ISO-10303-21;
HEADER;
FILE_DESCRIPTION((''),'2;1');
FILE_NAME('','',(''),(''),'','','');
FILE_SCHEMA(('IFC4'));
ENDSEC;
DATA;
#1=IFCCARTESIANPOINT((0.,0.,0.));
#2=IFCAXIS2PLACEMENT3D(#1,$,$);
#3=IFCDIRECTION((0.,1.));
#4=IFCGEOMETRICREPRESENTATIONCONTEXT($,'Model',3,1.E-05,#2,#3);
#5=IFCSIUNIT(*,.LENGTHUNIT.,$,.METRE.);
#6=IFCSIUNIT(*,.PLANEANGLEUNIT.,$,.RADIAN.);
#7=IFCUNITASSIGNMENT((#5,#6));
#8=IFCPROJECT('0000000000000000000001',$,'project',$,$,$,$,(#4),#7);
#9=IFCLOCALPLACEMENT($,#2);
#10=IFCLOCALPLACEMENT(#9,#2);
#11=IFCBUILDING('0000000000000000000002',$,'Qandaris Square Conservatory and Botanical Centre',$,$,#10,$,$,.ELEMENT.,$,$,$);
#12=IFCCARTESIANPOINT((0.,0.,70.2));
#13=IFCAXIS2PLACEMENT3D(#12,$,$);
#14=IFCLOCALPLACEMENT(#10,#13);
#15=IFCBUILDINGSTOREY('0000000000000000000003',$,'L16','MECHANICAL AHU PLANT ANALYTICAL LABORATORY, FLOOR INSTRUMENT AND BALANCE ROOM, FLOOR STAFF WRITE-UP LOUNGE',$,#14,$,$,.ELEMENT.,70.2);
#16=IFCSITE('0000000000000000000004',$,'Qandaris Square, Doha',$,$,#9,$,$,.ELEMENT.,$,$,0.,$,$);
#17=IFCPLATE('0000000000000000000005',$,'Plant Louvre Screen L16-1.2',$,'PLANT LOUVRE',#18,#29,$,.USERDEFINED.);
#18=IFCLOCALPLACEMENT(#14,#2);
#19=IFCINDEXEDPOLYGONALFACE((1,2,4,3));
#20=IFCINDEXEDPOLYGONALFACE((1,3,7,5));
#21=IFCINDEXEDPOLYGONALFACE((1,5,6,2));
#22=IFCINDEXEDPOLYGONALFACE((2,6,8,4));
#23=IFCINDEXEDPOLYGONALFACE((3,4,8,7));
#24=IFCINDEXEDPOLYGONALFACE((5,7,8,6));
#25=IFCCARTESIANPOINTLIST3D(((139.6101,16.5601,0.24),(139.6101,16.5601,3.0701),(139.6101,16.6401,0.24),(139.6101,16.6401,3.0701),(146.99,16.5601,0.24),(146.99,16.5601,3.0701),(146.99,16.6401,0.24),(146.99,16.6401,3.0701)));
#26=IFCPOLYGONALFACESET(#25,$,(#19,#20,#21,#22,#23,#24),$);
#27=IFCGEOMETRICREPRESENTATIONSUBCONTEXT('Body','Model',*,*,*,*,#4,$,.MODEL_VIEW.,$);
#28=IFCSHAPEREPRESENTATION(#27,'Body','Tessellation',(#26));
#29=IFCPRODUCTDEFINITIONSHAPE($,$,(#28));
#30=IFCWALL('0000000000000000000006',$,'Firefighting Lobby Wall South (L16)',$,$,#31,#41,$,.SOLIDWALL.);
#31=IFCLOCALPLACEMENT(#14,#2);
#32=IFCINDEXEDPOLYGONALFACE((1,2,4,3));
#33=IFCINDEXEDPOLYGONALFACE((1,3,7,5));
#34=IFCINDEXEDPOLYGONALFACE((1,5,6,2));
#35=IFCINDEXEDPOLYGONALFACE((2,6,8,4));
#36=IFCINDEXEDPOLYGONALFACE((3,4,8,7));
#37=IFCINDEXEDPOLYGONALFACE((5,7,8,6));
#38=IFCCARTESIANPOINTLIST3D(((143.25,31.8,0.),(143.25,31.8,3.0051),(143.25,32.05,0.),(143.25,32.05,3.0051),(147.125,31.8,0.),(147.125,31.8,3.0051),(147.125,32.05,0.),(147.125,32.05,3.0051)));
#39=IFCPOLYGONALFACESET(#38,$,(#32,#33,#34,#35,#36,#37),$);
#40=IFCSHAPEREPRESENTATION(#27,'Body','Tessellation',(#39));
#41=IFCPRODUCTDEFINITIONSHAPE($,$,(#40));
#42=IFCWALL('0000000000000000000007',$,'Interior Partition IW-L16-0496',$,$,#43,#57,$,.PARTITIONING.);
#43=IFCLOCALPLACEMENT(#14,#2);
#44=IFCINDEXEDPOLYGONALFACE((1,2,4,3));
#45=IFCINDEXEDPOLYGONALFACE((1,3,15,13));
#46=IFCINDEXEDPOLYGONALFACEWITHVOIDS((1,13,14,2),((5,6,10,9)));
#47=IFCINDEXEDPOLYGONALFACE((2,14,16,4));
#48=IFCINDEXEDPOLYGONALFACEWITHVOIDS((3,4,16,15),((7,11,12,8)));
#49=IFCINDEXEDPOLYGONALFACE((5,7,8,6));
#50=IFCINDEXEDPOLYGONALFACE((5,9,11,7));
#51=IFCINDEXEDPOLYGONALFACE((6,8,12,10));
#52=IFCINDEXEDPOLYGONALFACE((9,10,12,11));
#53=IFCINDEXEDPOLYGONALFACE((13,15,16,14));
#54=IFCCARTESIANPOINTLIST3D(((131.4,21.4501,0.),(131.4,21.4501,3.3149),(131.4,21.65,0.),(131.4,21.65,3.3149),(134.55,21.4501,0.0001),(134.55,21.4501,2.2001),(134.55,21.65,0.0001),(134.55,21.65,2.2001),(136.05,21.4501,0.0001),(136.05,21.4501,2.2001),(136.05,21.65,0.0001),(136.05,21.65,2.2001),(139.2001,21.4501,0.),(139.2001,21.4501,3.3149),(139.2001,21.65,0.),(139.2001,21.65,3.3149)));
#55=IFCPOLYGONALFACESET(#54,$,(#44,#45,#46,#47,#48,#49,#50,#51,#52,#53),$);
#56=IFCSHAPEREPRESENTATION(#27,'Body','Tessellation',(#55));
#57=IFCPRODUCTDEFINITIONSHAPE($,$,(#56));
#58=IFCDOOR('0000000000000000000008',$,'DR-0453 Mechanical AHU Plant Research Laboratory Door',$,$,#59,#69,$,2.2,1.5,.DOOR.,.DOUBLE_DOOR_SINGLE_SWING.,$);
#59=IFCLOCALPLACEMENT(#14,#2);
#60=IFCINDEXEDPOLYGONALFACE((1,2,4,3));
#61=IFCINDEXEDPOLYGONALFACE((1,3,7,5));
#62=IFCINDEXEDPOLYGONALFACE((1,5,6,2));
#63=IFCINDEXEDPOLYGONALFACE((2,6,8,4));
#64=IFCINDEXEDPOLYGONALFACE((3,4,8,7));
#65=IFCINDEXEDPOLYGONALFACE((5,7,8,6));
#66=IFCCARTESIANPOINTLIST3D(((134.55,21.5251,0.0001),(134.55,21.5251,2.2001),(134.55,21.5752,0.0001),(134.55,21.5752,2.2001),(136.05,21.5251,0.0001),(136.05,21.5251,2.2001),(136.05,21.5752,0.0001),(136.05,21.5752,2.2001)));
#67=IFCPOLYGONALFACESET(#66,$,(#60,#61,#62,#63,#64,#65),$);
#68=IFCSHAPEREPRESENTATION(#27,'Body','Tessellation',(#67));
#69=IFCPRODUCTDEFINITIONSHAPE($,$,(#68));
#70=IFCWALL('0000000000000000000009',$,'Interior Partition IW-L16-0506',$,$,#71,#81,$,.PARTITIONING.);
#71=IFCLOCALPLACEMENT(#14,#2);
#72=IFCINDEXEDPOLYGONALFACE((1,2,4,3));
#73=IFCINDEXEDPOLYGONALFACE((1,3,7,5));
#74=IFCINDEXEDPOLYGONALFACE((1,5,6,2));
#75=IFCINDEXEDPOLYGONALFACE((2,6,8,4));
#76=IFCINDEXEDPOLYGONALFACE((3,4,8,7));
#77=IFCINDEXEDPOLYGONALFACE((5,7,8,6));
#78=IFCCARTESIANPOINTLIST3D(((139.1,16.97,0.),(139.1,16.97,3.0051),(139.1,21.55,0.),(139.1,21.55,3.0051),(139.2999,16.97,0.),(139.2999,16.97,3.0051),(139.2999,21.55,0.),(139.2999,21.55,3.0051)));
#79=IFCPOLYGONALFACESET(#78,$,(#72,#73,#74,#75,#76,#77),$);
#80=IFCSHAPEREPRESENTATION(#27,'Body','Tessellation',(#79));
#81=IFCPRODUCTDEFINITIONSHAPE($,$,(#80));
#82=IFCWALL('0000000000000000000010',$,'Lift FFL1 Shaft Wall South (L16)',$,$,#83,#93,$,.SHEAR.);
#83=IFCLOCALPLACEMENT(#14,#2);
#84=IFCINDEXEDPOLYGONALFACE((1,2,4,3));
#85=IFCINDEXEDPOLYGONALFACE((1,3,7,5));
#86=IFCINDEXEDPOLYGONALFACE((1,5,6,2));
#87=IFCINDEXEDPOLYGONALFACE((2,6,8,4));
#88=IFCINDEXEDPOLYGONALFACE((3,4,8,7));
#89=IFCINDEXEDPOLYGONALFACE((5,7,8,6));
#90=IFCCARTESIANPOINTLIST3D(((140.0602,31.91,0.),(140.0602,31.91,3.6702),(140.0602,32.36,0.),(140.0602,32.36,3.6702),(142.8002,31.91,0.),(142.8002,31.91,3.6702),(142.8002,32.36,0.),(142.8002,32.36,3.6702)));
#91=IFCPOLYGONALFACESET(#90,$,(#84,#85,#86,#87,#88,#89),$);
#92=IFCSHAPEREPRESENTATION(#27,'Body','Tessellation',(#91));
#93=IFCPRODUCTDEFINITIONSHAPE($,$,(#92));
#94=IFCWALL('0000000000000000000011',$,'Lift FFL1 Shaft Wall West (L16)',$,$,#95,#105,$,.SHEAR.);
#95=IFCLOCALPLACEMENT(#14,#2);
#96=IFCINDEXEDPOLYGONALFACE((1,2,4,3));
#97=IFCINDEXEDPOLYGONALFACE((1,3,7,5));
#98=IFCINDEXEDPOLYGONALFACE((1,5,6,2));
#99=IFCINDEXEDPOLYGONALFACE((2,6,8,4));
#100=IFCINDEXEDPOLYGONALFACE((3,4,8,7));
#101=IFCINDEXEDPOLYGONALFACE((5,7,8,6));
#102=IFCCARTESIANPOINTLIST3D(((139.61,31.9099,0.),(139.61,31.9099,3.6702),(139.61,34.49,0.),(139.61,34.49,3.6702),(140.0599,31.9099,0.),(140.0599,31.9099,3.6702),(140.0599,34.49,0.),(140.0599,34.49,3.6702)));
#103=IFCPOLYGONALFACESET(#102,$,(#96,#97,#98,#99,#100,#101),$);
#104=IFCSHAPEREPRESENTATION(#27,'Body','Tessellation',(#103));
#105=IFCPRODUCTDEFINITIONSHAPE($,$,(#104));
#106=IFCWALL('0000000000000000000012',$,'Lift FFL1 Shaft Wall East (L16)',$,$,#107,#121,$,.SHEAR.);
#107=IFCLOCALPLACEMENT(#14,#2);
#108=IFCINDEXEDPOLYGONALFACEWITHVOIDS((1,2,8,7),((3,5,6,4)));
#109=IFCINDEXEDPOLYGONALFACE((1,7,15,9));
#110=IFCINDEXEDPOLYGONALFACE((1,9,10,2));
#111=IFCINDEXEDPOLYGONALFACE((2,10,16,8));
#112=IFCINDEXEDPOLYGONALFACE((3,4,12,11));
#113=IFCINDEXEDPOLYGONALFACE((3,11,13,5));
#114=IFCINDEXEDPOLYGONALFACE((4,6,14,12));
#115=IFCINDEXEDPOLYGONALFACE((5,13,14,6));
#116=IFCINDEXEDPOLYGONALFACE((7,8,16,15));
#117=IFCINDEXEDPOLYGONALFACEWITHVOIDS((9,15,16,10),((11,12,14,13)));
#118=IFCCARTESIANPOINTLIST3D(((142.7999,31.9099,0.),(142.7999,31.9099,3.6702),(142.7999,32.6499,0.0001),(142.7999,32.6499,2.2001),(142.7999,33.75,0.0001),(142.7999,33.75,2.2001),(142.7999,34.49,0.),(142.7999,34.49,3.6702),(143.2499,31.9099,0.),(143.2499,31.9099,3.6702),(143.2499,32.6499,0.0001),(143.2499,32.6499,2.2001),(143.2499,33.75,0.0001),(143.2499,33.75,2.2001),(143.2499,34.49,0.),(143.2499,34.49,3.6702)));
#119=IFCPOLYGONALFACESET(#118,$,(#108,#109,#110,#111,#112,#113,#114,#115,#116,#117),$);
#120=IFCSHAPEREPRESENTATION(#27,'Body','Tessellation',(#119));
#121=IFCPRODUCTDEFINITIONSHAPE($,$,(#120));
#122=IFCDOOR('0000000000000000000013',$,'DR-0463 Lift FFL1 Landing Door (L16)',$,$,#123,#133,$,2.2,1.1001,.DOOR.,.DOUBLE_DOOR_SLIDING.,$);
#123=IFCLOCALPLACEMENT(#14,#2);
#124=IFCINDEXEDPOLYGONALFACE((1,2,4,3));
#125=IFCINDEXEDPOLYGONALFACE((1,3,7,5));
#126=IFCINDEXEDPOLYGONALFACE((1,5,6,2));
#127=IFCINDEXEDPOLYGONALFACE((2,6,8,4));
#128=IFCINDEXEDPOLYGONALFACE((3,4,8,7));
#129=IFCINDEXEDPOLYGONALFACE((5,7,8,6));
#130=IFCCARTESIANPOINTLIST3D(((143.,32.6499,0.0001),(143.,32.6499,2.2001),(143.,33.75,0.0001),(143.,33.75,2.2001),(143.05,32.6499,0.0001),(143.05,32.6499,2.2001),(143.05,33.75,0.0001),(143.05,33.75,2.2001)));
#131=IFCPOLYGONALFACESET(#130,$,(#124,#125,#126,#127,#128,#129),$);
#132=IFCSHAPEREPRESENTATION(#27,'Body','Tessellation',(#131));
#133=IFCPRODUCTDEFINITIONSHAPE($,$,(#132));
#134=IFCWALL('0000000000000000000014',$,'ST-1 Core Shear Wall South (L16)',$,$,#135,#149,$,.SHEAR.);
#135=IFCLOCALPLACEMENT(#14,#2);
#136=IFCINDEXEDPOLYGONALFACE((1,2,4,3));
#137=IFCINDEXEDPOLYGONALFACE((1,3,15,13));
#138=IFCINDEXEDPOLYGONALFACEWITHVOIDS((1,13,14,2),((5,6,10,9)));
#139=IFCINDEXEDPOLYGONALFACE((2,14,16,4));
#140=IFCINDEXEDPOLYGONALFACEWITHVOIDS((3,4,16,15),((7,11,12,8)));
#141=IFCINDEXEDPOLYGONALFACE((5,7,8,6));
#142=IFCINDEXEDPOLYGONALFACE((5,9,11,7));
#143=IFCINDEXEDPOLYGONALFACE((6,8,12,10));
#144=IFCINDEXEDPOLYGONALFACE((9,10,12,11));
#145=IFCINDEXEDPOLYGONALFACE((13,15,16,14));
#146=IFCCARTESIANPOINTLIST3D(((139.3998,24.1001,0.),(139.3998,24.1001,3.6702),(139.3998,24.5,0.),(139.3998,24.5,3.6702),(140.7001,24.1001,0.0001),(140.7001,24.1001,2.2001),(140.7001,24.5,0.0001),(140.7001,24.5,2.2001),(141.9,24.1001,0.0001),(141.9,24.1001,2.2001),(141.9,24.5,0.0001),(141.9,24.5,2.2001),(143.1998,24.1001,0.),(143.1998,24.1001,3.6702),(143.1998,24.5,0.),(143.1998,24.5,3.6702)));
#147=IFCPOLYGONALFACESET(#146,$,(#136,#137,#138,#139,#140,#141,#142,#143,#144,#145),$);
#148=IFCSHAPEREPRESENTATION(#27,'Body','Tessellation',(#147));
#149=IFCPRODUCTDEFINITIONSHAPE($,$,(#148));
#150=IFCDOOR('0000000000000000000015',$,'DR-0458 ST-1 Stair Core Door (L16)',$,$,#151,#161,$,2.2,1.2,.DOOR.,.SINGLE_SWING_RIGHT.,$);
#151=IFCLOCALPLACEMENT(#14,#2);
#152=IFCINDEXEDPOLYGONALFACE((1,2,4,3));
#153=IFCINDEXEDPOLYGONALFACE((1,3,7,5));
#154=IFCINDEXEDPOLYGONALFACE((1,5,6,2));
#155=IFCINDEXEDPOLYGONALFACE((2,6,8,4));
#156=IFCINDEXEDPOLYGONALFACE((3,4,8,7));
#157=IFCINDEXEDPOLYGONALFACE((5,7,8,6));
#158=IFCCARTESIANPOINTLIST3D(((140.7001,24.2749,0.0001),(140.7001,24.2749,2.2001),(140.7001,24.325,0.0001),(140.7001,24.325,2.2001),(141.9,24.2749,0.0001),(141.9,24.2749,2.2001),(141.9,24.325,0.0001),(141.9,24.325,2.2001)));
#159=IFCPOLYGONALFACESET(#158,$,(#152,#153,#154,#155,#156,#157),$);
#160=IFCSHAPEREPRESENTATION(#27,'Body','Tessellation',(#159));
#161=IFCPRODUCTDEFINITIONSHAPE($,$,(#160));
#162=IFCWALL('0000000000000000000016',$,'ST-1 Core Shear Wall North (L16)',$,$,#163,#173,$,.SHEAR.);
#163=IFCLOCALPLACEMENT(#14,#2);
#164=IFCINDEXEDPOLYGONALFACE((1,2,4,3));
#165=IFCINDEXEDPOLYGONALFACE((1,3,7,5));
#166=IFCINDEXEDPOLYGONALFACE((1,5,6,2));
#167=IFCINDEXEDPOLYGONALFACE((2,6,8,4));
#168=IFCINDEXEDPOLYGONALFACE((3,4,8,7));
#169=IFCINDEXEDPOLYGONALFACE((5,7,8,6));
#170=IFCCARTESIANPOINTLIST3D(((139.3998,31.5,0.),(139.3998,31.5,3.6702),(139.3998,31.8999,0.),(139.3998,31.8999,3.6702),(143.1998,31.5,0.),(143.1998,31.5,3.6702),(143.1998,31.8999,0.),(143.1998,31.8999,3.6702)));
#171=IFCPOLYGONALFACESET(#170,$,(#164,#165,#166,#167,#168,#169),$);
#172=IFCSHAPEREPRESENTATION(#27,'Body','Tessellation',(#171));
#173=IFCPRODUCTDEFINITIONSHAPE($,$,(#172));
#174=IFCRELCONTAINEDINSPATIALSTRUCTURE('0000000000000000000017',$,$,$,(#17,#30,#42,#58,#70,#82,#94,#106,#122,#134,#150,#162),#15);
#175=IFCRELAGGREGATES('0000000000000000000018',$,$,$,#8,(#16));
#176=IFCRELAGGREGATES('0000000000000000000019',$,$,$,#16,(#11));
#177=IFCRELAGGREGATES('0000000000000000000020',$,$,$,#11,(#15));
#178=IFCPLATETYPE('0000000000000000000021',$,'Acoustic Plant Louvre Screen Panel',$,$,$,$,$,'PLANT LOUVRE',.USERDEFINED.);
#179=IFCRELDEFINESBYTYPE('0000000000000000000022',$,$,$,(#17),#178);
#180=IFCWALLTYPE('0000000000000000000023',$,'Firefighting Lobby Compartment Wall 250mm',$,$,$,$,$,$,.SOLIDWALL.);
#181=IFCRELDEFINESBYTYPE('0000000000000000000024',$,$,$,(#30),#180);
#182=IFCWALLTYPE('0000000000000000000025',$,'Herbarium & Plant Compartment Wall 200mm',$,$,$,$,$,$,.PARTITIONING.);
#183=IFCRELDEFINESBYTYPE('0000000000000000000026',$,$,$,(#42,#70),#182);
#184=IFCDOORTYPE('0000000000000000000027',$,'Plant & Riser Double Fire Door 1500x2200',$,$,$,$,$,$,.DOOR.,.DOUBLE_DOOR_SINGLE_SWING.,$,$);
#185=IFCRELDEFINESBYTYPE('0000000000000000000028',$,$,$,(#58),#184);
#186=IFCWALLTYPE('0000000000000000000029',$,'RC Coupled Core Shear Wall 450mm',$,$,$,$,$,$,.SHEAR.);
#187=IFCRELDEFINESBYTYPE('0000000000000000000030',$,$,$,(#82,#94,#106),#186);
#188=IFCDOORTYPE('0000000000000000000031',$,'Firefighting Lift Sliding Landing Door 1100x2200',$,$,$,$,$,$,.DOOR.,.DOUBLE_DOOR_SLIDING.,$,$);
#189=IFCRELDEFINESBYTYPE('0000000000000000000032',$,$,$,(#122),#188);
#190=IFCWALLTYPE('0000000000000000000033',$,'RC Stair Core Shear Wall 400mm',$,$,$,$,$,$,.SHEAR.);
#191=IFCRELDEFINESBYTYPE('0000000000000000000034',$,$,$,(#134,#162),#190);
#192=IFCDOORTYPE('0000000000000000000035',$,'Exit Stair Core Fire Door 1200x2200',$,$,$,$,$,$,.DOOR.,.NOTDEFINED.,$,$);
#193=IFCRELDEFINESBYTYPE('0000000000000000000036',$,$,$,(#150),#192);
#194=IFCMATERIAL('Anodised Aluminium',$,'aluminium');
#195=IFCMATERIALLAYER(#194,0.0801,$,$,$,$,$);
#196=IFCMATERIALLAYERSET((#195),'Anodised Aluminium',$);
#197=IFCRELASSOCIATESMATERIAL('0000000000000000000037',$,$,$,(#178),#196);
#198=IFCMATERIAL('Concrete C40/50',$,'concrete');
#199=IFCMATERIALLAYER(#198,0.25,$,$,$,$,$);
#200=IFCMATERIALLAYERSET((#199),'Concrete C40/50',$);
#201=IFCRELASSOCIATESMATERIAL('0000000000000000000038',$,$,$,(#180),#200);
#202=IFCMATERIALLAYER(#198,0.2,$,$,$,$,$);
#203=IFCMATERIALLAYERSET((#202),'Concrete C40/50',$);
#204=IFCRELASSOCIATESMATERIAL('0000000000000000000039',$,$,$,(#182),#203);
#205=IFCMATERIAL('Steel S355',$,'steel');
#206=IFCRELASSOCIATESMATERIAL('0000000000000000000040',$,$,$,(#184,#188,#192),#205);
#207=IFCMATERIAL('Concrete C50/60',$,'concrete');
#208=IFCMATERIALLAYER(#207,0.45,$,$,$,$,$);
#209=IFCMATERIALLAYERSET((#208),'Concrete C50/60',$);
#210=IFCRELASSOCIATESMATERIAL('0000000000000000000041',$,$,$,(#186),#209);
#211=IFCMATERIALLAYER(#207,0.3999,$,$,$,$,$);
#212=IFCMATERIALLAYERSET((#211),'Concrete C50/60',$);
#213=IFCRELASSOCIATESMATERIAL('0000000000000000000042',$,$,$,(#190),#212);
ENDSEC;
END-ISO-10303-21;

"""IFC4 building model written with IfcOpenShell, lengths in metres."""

from ifc_helpers import new_model, si_unit, direction, frame, frame_2d, origin, origin_2d, place, context, subcontext, project, spatial, rectangle, extrude, material, layer, layer_set, type_object, element, fill, save


model = new_model("IFC4")

# Units and contexts
model_context = context("Model", 3, precision=1e-05, world=origin(), true_north=direction((0.0, 1.0)))
body_context = subcontext(model_context, "Body", "Model", "MODEL_VIEW")
ifc_project = project(units=[si_unit("LENGTHUNIT", "METRE"), si_unit("PLANEANGLEUNIT", "RADIAN")], contexts=[model_context])

# Site, building, storey
site_placement = place(None, origin())
site = spatial("IfcSite", under=ifc_project, at=site_placement, Name="Qandaris Square, Doha", CompositionType="ELEMENT", RefElevation=0.0)
building_placement = place(site_placement, origin())
building = spatial("IfcBuilding", under=site, at=building_placement, Name="Qandaris Square Conservatory and Botanical Centre", CompositionType="ELEMENT")
storey_placement = place(building_placement, frame((0.0, 0.0, 70.2)))
storey = spatial("IfcBuildingStorey", under=building, at=storey_placement, Name="L16", Description="MECHANICAL AHU PLANT ANALYTICAL LABORATORY, FLOOR INSTRUMENT AND BALANCE ROOM, FLOOR STAFF WRITE-UP LOUNGE", CompositionType="ELEMENT", Elevation=70.2)

# Shared definitions
ifc_material_1 = material(Name="Steel S355", Category="steel")

# Shared definitions
ifc_material_2 = material(Name="Anodised Aluminium", Category="aluminium")

# Shared definitions
ifc_material_3 = material(Name="Concrete C50/60", Category="concrete")

# Plate
ifc_layer_1 = layer(ifc_material_2, 0.0801)
ifc_layer_set_1 = layer_set([ifc_layer_1], Name="Anodised Aluminium")
plate_type = type_object("IfcPlateType", Name="Acoustic Plant Louvre Screen Panel", ElementType="PLANT LOUVRE", PredefinedType="USERDEFINED", material=ifc_layer_set_1)
plate_placement = place(storey_placement, frame((143.3, 16.6001, 0.24), z_axis=(0.0, 0.0, 1.0), x_axis=(1.0, 0.0, 0.0)))
element("IfcPlate", 1, at=plate_placement, inside=storey, type_object=plate_type, Name="Plant Louvre Screen L16-1.2", ObjectType="PLANT LOUVRE", PredefinedType="USERDEFINED", context=body_context, shape_type="SweptSolid", body=[
    extrude(rectangle(XDim=7.3799, YDim=0.0801, at=origin_2d()), origin(), (0.0, 0.0, 1.0), 2.8301),
])

# Wall
ifc_material_4 = material(Name="Concrete C40/50", Category="concrete")
ifc_layer_2 = layer(ifc_material_4, 0.25)
ifc_layer_set_2 = layer_set([ifc_layer_2], Name="Concrete C40/50")
wall_type_1 = type_object("IfcWallType", Name="Firefighting Lobby Compartment Wall 250mm", PredefinedType="SOLIDWALL", material=ifc_layer_set_2)
wall_1_placement = place(storey_placement, frame((143.25, 31.925, 0.0), z_axis=(0.0, 0.0, 1.0), x_axis=(1.0, 0.0, 0.0)))
element("IfcWall", 2, at=wall_1_placement, inside=storey, type_object=wall_type_1, Name="Firefighting Lobby Wall South (L16)", PredefinedType="SOLIDWALL", context=body_context, shape_type="SweptSolid", body=[
    extrude(rectangle(XDim=3.875, YDim=0.25, at=frame_2d((1.9375, 0.0))), origin(), (0.0, 0.0, 1.0), 3.0051),
])

# Wall, opening, door
ifc_layer_3 = layer(ifc_material_4, 0.2)
ifc_layer_set_3 = layer_set([ifc_layer_3], Name="Concrete C40/50")
wall_type_2 = type_object("IfcWallType", Name="Herbarium & Plant Compartment Wall 200mm", PredefinedType="PARTITIONING", material=ifc_layer_set_3)
wall_2_placement = place(storey_placement, frame((139.2, 21.55, 0.0), z_axis=(0.0, 0.0, 1.0), x_axis=(-1.0, 0.0, 0.0)))
wall_2 = element("IfcWall", 3, at=wall_2_placement, inside=storey, type_object=wall_type_2, Name="Interior Partition IW-L16-0496", PredefinedType="PARTITIONING", context=body_context, shape_type="SweptSolid", body=[
    extrude(rectangle(XDim=7.8, YDim=0.2, at=frame_2d((3.8999, 0.0))), origin(), (0.0, 0.0, 1.0), 3.3149),
])
opening_1_placement = place(wall_2_placement, frame((3.1499, 0.0, 0.0)))
opening_1 = element("IfcOpeningElement", 4, at=opening_1_placement, cuts=wall_2, PredefinedType="OPENING", context=body_context, shape_type="SweptSolid", body=[
    extrude(rectangle(XDim=1.5, YDim=2.2, at=frame_2d((0.75, 1.1001))), frame((0.0, 0.1118, 0.0), z_axis=(0.0, -1.0, 0.0), x_axis=(1.0, 0.0, 0.0)), (0.0, 0.0, 1.0), 0.2239),
])
door_type_1 = type_object("IfcDoorType", Name="Plant & Riser Double Fire Door 1500x2200", OperationType="DOUBLE_DOOR_SINGLE_SWING", PredefinedType="DOOR", material=ifc_material_1)
door_1_placement = place(opening_1_placement, origin())
door_1 = element("IfcDoor", 5, at=door_1_placement, inside=storey, type_object=door_type_1, Name="DR-0453 Mechanical AHU Plant Research Laboratory Door", OperationType="DOUBLE_DOOR_SINGLE_SWING", OverallHeight=2.2, OverallWidth=1.5, PredefinedType="DOOR", context=body_context, shape_type="SweptSolid", body=[
    extrude(rectangle(XDim=1.5, YDim=2.2, at=frame_2d((0.75, 1.1001))), frame((0.0, 0.0249, 0.0), z_axis=(0.0, -1.0, 0.0), x_axis=(1.0, 0.0, 0.0)), (0.0, 0.0, 1.0), 0.05),
])
fill(opening_1, door_1)

# Walls
wall_3_placement = place(storey_placement, frame((139.2, 21.55, 0.0), z_axis=(0.0, 0.0, 1.0), x_axis=(0.0, -1.0, 0.0)))
element("IfcWall", 6, at=wall_3_placement, inside=storey, type_object=wall_type_2, Name="Interior Partition IW-L16-0506", PredefinedType="PARTITIONING", context=body_context, shape_type="SweptSolid", body=[
    extrude(rectangle(XDim=4.5801, YDim=0.2, at=frame_2d((2.29, 0.0))), origin(), (0.0, 0.0, 1.0), 3.0051),
])
ifc_layer_4 = layer(ifc_material_3, 0.45)
ifc_layer_set_4 = layer_set([ifc_layer_4], Name="Concrete C50/60")
wall_type_3 = type_object("IfcWallType", Name="RC Coupled Core Shear Wall 450mm", PredefinedType="SHEAR", material=ifc_layer_set_4)
wall_4_placement = place(storey_placement, frame((140.0601, 32.135, 0.0), z_axis=(0.0, 0.0, 1.0), x_axis=(1.0, 0.0, 0.0)))
element("IfcWall", 7, at=wall_4_placement, inside=storey, type_object=wall_type_3, Name="Lift FFL1 Shaft Wall South (L16)", PredefinedType="SHEAR", context=body_context, shape_type="SweptSolid", body=[
    extrude(rectangle(XDim=2.74, YDim=0.45, at=frame_2d((1.3701, 0.0))), origin(), (0.0, 0.0, 1.0), 3.6702),
])
wall_5_placement = place(storey_placement, frame((139.835, 31.9099, 0.0), z_axis=(0.0, 0.0, 1.0), x_axis=(0.0, 1.0, 0.0)))
element("IfcWall", 8, at=wall_5_placement, inside=storey, type_object=wall_type_3, Name="Lift FFL1 Shaft Wall West (L16)", PredefinedType="SHEAR", context=body_context, shape_type="SweptSolid", body=[
    extrude(rectangle(XDim=2.5801, YDim=0.45, at=frame_2d((1.29, 0.0))), origin(), (0.0, 0.0, 1.0), 3.6702),
])

# Walls, openings, doors
wall_6_placement = place(storey_placement, frame((143.0249, 31.9099, 0.0), z_axis=(0.0, 0.0, 1.0), x_axis=(0.0, 1.0, 0.0)))
wall_6 = element("IfcWall", 9, at=wall_6_placement, inside=storey, type_object=wall_type_3, Name="Lift FFL1 Shaft Wall East (L16)", PredefinedType="SHEAR", context=body_context, shape_type="SweptSolid", body=[
    extrude(rectangle(XDim=2.5801, YDim=0.45, at=frame_2d((1.29, 0.0))), origin(), (0.0, 0.0, 1.0), 3.6702),
])
opening_2_placement = place(wall_6_placement, frame((0.74, 0.0, 0.0)))
opening_2 = element("IfcOpeningElement", 10, at=opening_2_placement, cuts=wall_6, PredefinedType="OPENING", context=body_context, shape_type="SweptSolid", body=[
    extrude(rectangle(XDim=1.1001, YDim=2.2, at=frame_2d((0.55, 1.1001))), frame((0.0, 0.2368, 0.0), z_axis=(0.0, -1.0, 0.0), x_axis=(1.0, 0.0, 0.0)), (0.0, 0.0, 1.0), 0.4739),
])
door_type_2 = type_object("IfcDoorType", Name="Firefighting Lift Sliding Landing Door 1100x2200", OperationType="DOUBLE_DOOR_SLIDING", PredefinedType="DOOR", material=ifc_material_1)
door_2_placement = place(opening_2_placement, origin())
door_2 = element("IfcDoor", 11, at=door_2_placement, inside=storey, type_object=door_type_2, Name="DR-0463 Lift FFL1 Landing Door (L16)", OperationType="DOUBLE_DOOR_SLIDING", OverallHeight=2.2, OverallWidth=1.1001, PredefinedType="DOOR", context=body_context, shape_type="SweptSolid", body=[
    extrude(rectangle(XDim=1.1001, YDim=2.2, at=frame_2d((0.55, 1.1001))), frame((0.0, 0.0249, 0.0), z_axis=(0.0, -1.0, 0.0), x_axis=(1.0, 0.0, 0.0)), (0.0, 0.0, 1.0), 0.05),
])
fill(opening_2, door_2)
ifc_layer_5 = layer(ifc_material_3, 0.3999)
ifc_layer_set_5 = layer_set([ifc_layer_5], Name="Concrete C50/60")
wall_type_4 = type_object("IfcWallType", Name="RC Stair Core Shear Wall 400mm", PredefinedType="SHEAR", material=ifc_layer_set_5)
wall_7_placement = place(storey_placement, frame((139.3999, 24.3, 0.0), z_axis=(0.0, 0.0, 1.0), x_axis=(1.0, 0.0, 0.0)))
wall_7 = element("IfcWall", 12, at=wall_7_placement, inside=storey, type_object=wall_type_4, Name="ST-1 Core Shear Wall South (L16)", PredefinedType="SHEAR", context=body_context, shape_type="SweptSolid", body=[
    extrude(rectangle(XDim=3.8, YDim=0.3999, at=frame_2d((1.8999, 0.0))), origin(), (0.0, 0.0, 1.0), 3.6702),
])
opening_3_placement = place(wall_7_placement, frame((1.3, 0.0, 0.0)))
opening_3 = element("IfcOpeningElement", 13, at=opening_3_placement, cuts=wall_7, PredefinedType="OPENING", context=body_context, shape_type="SweptSolid", body=[
    extrude(rectangle(XDim=1.2, YDim=2.2, at=frame_2d((0.6001, 1.1001))), frame((0.0, 0.2119, 0.0), z_axis=(0.0, -1.0, 0.0), x_axis=(1.0, 0.0, 0.0)), (0.0, 0.0, 1.0), 0.4238),
])
door_type_3 = type_object("IfcDoorType", Name="Exit Stair Core Fire Door 1200x2200", OperationType="NOTDEFINED", PredefinedType="DOOR", material=ifc_material_1)
door_3_placement = place(opening_3_placement, origin())
door_3 = element("IfcDoor", 14, at=door_3_placement, inside=storey, type_object=door_type_3, Name="DR-0458 ST-1 Stair Core Door (L16)", OperationType="SINGLE_SWING_RIGHT", OverallHeight=2.2, OverallWidth=1.2, PredefinedType="DOOR", context=body_context, shape_type="SweptSolid", body=[
    extrude(rectangle(XDim=1.2, YDim=2.2, at=frame_2d((0.6001, 1.1001))), frame((0.0, 0.0249, 0.0), z_axis=(0.0, -1.0, 0.0), x_axis=(1.0, 0.0, 0.0)), (0.0, 0.0, 1.0), 0.05),
])
fill(opening_3, door_3)

# Wall
wall_8_placement = place(storey_placement, frame((139.3999, 31.7, 0.0), z_axis=(0.0, 0.0, 1.0), x_axis=(1.0, 0.0, 0.0)))
element("IfcWall", 15, at=wall_8_placement, inside=storey, type_object=wall_type_4, Name="ST-1 Core Shear Wall North (L16)", PredefinedType="SHEAR", context=body_context, shape_type="SweptSolid", body=[
    extrude(rectangle(XDim=3.8, YDim=0.3999, at=frame_2d((1.8999, 0.0))), origin(), (0.0, 0.0, 1.0), 3.6702),
])

save(model, "model.ifc")
